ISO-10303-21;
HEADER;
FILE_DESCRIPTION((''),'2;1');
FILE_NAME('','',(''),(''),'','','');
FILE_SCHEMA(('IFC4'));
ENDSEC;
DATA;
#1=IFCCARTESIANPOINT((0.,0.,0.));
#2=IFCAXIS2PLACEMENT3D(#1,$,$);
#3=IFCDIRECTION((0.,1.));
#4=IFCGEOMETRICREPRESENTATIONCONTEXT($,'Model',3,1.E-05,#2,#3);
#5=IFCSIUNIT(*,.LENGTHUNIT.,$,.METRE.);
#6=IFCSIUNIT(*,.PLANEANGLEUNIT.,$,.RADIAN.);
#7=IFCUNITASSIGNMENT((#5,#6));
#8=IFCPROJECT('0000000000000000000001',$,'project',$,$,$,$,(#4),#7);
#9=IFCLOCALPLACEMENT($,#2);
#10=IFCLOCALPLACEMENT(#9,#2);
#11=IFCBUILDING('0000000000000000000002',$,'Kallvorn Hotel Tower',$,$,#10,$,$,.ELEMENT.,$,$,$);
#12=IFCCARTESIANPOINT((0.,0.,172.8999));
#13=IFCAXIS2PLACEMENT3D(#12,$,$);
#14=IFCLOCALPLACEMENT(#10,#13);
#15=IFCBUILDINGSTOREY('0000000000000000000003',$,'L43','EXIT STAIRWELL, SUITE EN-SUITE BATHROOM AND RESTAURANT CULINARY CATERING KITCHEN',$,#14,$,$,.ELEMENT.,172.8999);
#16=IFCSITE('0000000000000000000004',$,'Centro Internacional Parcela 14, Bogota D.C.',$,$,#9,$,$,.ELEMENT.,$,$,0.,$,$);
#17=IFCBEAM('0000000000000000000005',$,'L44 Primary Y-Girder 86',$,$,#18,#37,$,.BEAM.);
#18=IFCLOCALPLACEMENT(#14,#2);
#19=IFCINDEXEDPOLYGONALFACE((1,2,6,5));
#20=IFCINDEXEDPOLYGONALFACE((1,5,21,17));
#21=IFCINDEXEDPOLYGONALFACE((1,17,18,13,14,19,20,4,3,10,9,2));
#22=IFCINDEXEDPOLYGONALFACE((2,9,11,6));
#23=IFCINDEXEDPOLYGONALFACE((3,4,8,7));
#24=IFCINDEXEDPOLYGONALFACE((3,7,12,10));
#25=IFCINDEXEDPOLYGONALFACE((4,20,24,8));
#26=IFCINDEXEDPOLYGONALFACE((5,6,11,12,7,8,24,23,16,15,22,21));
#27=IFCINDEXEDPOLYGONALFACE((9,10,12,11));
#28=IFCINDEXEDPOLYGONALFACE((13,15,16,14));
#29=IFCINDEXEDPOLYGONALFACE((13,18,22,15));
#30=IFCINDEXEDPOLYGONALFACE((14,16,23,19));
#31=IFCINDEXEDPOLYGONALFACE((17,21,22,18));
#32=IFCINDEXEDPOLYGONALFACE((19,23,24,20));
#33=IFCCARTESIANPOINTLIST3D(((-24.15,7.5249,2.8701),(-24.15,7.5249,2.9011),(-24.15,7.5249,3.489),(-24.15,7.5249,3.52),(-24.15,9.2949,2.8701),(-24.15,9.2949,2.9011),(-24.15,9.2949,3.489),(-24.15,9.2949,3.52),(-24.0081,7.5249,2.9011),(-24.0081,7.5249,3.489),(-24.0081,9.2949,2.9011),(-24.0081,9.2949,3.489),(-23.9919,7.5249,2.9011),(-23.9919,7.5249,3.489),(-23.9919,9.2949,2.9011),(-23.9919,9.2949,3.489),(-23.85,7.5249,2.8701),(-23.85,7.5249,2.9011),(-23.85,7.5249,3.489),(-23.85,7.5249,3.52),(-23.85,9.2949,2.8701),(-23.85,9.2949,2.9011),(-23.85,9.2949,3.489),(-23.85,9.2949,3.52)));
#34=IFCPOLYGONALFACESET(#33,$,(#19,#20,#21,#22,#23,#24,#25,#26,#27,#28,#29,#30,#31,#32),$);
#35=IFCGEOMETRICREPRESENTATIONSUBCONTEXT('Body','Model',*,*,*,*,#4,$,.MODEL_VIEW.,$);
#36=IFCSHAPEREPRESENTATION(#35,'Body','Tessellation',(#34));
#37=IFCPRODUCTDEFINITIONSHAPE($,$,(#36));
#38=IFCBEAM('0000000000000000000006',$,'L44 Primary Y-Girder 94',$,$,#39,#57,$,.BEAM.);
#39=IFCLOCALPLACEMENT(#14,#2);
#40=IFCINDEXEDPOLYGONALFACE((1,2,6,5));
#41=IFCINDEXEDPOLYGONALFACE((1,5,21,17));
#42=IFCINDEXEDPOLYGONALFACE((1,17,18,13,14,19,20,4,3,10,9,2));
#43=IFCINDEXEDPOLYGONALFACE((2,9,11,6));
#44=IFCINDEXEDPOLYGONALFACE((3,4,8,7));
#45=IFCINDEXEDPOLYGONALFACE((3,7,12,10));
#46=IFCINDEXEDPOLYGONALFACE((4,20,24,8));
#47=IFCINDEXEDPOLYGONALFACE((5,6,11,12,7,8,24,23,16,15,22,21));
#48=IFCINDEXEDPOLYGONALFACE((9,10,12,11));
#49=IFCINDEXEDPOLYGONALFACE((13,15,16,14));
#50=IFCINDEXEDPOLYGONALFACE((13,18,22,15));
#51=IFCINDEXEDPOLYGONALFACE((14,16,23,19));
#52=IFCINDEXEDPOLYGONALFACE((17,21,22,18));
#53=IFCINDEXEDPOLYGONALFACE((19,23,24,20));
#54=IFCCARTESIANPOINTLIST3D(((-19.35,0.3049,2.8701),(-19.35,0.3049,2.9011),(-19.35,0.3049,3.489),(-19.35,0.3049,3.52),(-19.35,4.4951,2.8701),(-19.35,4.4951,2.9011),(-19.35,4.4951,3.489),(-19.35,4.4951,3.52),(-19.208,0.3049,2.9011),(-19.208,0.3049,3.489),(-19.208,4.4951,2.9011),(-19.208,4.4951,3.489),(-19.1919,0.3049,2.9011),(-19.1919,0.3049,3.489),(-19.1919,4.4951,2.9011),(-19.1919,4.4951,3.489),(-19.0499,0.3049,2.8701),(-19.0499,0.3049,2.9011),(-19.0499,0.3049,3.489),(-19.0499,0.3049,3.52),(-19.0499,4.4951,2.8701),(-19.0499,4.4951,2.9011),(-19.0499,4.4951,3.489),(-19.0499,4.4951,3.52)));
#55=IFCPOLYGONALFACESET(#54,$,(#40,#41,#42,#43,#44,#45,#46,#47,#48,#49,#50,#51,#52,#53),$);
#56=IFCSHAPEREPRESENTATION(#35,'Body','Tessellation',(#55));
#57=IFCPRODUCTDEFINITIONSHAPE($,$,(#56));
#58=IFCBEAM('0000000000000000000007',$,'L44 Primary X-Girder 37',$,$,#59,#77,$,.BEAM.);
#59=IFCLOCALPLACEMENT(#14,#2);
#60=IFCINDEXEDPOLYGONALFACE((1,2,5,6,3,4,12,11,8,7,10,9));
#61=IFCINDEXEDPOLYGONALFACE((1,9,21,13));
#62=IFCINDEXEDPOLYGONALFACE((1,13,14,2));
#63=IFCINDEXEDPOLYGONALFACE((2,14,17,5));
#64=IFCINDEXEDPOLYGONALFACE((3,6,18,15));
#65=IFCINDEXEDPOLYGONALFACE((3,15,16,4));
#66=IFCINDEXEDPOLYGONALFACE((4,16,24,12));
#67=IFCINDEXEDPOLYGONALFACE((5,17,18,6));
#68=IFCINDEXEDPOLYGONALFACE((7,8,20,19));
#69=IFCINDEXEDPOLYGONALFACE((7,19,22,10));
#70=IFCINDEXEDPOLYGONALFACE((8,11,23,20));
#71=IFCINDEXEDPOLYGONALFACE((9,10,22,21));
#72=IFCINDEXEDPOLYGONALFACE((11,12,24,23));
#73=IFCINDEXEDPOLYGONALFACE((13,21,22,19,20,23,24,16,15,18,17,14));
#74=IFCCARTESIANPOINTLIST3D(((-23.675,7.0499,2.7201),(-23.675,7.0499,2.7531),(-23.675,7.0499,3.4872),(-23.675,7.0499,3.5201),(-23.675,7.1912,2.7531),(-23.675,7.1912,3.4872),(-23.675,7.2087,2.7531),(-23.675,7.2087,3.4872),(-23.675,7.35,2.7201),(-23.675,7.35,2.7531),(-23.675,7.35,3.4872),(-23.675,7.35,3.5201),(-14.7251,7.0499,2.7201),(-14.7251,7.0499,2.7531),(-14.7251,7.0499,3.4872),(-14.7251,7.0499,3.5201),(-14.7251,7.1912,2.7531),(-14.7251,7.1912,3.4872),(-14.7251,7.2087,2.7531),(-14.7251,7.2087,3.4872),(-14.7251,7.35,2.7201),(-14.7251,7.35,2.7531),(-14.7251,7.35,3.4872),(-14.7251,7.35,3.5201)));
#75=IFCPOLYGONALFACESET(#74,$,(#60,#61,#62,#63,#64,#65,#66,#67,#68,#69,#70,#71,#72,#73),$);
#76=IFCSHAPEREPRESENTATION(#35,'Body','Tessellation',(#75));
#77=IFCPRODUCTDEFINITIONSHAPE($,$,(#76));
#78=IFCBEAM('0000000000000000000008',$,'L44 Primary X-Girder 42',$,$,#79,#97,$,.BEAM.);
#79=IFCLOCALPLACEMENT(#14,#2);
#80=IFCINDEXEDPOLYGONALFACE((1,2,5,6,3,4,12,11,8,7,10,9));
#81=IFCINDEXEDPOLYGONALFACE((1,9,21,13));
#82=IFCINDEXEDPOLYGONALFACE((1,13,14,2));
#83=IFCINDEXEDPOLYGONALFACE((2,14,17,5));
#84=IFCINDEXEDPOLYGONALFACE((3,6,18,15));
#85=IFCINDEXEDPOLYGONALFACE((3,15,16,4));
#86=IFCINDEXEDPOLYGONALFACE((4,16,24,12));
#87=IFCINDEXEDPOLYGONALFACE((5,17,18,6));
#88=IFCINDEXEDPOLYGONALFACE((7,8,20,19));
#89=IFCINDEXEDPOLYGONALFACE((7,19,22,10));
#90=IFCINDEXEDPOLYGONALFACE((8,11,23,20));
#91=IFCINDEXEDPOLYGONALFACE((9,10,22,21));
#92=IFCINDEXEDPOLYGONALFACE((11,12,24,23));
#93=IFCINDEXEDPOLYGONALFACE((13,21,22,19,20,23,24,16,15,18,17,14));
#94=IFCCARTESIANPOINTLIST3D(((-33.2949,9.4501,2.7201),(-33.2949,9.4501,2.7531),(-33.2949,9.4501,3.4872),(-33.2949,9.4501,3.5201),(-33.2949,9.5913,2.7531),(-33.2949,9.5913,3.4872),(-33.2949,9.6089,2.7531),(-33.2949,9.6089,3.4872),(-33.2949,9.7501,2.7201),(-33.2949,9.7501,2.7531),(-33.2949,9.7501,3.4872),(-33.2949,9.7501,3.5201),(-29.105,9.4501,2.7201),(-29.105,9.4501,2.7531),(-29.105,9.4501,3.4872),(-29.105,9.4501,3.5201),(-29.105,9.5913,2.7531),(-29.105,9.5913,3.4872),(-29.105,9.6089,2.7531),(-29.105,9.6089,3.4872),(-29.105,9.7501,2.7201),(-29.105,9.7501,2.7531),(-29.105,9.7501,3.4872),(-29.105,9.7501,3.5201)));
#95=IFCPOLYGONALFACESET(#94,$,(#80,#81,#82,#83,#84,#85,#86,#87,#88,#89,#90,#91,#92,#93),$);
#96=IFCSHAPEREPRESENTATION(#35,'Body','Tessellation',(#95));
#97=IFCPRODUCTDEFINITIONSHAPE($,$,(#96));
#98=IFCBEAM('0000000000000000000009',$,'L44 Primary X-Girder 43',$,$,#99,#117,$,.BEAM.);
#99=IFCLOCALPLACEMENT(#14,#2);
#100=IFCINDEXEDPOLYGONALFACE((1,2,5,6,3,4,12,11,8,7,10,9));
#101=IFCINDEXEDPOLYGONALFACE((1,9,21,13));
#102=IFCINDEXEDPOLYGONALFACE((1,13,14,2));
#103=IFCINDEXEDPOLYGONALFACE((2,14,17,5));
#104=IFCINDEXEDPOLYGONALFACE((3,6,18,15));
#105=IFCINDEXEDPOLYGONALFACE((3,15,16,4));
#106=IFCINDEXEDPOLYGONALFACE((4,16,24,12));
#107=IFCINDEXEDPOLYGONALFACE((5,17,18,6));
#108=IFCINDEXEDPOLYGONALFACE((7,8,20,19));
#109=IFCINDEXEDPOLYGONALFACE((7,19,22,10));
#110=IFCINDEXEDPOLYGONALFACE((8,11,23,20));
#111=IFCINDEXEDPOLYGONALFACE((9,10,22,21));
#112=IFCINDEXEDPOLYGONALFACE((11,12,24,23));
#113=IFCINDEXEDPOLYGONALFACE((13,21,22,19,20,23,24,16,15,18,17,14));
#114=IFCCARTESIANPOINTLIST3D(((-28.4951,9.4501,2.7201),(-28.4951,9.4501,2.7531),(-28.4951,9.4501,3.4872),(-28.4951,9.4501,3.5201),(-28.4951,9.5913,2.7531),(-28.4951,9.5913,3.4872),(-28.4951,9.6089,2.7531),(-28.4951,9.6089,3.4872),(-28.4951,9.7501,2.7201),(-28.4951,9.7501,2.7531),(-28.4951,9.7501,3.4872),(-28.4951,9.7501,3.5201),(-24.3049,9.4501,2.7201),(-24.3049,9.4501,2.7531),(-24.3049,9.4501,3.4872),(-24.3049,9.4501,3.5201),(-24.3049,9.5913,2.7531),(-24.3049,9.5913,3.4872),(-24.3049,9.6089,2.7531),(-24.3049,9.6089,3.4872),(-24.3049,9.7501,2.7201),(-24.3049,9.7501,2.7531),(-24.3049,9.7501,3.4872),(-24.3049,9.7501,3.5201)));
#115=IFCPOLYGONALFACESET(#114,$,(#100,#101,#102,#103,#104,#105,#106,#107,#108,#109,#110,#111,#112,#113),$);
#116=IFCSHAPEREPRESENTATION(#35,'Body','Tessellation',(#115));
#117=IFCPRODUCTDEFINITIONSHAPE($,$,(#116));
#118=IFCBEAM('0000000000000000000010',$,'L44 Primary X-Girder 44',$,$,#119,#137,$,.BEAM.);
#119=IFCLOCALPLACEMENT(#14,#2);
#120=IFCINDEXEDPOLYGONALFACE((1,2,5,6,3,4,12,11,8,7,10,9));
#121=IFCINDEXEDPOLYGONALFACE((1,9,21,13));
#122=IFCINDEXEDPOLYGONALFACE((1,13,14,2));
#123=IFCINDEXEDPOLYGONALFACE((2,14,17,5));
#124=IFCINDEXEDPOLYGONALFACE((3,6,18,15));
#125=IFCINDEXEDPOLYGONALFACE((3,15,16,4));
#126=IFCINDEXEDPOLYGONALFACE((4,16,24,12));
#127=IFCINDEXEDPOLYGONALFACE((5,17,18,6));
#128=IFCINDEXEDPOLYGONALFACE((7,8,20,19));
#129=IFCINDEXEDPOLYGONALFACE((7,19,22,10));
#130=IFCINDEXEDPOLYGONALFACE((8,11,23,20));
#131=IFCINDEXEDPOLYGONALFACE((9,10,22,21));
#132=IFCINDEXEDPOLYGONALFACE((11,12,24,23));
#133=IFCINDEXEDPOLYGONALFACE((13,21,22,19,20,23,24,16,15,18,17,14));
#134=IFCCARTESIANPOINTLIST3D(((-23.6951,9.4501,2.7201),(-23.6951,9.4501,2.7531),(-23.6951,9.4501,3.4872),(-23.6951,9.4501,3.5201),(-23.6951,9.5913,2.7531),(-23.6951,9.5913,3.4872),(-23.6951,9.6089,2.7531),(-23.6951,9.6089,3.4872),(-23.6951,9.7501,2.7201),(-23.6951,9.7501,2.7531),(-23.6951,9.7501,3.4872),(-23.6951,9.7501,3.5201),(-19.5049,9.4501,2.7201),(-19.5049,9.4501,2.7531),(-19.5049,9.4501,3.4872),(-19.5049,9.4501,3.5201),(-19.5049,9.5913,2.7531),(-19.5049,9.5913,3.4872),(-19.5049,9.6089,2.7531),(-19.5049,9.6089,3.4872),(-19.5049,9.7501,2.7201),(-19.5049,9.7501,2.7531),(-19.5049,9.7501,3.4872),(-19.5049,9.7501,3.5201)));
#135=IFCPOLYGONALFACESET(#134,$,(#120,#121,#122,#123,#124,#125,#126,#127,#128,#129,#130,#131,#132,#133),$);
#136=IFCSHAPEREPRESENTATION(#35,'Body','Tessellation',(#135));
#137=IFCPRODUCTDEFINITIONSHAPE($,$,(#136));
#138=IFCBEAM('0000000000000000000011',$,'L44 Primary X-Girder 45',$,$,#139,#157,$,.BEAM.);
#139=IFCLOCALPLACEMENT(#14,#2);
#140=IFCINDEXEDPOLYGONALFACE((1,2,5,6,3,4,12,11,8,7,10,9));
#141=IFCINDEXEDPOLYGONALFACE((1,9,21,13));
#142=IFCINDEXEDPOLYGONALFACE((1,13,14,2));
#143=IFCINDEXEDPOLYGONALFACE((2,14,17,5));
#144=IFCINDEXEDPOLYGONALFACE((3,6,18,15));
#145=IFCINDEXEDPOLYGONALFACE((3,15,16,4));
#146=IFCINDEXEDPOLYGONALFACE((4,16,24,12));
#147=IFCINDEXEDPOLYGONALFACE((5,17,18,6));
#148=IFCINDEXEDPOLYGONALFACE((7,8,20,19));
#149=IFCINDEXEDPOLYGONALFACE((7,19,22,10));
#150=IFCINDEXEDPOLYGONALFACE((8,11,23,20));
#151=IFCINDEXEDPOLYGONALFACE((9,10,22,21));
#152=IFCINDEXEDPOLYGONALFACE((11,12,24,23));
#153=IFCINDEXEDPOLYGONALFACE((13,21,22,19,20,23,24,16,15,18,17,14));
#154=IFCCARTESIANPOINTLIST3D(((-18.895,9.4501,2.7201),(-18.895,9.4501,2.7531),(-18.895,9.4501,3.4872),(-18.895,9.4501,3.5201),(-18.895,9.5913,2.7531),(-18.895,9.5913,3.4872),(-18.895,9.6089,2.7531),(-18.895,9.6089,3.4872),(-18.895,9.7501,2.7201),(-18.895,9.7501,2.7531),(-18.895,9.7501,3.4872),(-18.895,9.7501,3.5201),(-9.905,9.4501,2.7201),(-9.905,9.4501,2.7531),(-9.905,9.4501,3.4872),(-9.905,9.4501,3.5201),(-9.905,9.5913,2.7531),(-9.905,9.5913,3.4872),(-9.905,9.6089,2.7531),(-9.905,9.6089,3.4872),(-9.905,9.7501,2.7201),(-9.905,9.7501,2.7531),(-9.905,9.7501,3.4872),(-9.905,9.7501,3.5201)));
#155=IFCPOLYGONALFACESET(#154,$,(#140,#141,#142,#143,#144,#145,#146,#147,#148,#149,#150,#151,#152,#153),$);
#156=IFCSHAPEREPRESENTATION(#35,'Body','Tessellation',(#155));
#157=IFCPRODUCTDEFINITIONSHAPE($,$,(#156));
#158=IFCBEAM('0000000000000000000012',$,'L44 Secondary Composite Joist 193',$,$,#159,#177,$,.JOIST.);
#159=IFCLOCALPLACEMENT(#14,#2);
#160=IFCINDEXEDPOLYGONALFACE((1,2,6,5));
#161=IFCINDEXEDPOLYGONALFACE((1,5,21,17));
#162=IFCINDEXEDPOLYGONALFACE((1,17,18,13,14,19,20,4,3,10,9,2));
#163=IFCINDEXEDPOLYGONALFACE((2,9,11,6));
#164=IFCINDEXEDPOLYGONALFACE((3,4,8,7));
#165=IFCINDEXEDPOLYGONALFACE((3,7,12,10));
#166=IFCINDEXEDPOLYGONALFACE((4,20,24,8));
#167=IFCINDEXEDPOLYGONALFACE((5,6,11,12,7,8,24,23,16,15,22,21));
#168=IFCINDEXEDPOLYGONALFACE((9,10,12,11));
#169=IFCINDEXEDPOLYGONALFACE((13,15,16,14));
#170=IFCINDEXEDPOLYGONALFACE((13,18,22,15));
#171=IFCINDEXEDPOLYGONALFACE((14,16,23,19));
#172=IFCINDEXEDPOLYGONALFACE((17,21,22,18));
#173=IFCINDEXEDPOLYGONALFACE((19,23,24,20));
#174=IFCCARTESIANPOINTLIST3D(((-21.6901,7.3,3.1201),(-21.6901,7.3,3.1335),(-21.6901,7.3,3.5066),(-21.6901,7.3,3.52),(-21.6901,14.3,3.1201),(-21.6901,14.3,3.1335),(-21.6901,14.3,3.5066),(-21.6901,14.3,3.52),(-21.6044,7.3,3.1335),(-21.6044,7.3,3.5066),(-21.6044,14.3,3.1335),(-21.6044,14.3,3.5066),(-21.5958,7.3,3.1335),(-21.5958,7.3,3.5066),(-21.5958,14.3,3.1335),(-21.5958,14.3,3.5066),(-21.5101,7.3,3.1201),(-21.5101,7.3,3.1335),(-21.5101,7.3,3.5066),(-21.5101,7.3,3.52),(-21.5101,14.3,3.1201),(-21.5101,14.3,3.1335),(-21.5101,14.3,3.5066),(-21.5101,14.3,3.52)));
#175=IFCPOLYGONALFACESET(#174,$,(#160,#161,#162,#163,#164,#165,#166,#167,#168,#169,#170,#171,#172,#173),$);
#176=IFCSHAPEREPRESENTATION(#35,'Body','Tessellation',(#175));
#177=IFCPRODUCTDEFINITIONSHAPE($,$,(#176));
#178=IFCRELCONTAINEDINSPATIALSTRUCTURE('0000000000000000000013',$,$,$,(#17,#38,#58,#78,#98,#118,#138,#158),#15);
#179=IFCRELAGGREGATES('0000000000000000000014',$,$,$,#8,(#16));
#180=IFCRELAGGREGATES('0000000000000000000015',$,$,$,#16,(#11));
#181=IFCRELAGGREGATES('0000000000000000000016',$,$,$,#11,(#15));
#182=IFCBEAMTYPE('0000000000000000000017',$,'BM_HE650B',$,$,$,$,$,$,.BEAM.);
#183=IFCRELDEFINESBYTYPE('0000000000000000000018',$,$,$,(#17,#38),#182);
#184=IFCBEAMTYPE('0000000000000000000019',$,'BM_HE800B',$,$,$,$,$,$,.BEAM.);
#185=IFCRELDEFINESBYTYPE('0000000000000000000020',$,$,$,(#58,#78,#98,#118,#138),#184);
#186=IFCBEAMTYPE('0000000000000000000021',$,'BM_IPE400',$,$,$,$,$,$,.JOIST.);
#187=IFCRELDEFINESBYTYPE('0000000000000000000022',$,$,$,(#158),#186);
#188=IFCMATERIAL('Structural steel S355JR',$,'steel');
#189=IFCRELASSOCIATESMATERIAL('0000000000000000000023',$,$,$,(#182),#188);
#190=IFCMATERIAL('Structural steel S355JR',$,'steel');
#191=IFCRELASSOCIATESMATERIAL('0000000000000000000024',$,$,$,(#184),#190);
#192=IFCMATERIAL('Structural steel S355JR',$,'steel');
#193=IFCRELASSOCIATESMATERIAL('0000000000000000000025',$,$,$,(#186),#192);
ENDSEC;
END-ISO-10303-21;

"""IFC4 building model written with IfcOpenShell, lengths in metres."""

from ifc_helpers import new_model, si_unit, direction, frame, origin, origin_2d, place, context, subcontext, project, spatial, i_section, extrude, material, material_profile, profile_set, type_object, element, save


model = new_model("IFC4")

# Units and contexts
model_context = context("Model", 3, precision=1e-05, world=origin(), true_north=direction((0.0, 1.0)))
body_context = subcontext(model_context, "Body", "Model", "MODEL_VIEW")
ifc_project = project(units=[si_unit("LENGTHUNIT", "METRE"), si_unit("PLANEANGLEUNIT", "RADIAN")], contexts=[model_context])

# Site, building, storey
site_placement = place(None, origin())
site = spatial("IfcSite", under=ifc_project, at=site_placement, Name="Centro Internacional Parcela 14, Bogota D.C.", CompositionType="ELEMENT", RefElevation=0.0)
building_placement = place(site_placement, origin())
building = spatial("IfcBuilding", under=site, at=building_placement, Name="Kallvorn Hotel Tower", CompositionType="ELEMENT")
storey_placement = place(building_placement, frame((0.0, 0.0, 172.8999)))
storey = spatial("IfcBuildingStorey", under=building, at=storey_placement, Name="L43", Description="EXIT STAIRWELL, SUITE EN-SUITE BATHROOM AND RESTAURANT CULINARY CATERING KITCHEN", CompositionType="ELEMENT", Elevation=172.8999)

# Beams
ifc_material_1 = material(Name="Structural steel S355JR", Category="steel")
ifc_material_profile_1 = material_profile(ifc_material_1, i_section(OverallWidth=0.3, OverallDepth=0.6499, WebThickness=0.0161, FlangeThickness=0.031, at=origin_2d()), Name="HE 650 B")
ifc_profile_set_1 = profile_set([ifc_material_profile_1], Name="Structural steel S355JR")
beam_type_1 = type_object("IfcBeamType", Name="BM_HE650B", PredefinedType="BEAM", material=ifc_profile_set_1)
beam_1_placement = place(storey_placement, frame((-24.0, 7.5249, 3.1951), z_axis=(0.0, 1.0, 0.0), x_axis=(-1.0, 0.0, 0.0)))
element("IfcBeam", 1, at=beam_1_placement, inside=storey, type_object=beam_type_1, Name="L44 Primary Y-Girder 86", PredefinedType="BEAM", context=body_context, shape_type="SweptSolid", body=[
    extrude(i_section(OverallWidth=0.3, OverallDepth=0.6499, WebThickness=0.0161, FlangeThickness=0.031, at=origin_2d()), origin(), (0.0, 0.0, 1.0), 1.77),
])
beam_2_placement = place(storey_placement, frame((-19.2, 0.3049, 3.1951), z_axis=(0.0, 1.0, 0.0), x_axis=(-1.0, 0.0, 0.0)))
element("IfcBeam", 2, at=beam_2_placement, inside=storey, type_object=beam_type_1, Name="L44 Primary Y-Girder 94", PredefinedType="BEAM", context=body_context, shape_type="SweptSolid", body=[
    extrude(i_section(OverallWidth=0.3, OverallDepth=0.6499, WebThickness=0.0161, FlangeThickness=0.031, at=origin_2d()), origin(), (0.0, 0.0, 1.0), 4.1902),
])
ifc_material_2 = material(Name="Structural steel S355JR", Category="steel")
ifc_material_profile_2 = material_profile(ifc_material_2, i_section(OverallWidth=0.3, OverallDepth=0.8, WebThickness=0.0176, FlangeThickness=0.033, at=origin_2d()), Name="HE 800 B")
ifc_profile_set_2 = profile_set([ifc_material_profile_2], Name="Structural steel S355JR")
beam_type_2 = type_object("IfcBeamType", Name="BM_HE800B", PredefinedType="BEAM", material=ifc_profile_set_2)
beam_3_placement = place(storey_placement, frame((-23.675, 7.2, 3.1201), z_axis=(1.0, 0.0, 0.0), x_axis=(0.0, 1.0, 0.0)))
element("IfcBeam", 3, at=beam_3_placement, inside=storey, type_object=beam_type_2, Name="L44 Primary X-Girder 37", PredefinedType="BEAM", context=body_context, shape_type="SweptSolid", body=[
    extrude(i_section(OverallWidth=0.3, OverallDepth=0.8, WebThickness=0.0176, FlangeThickness=0.033, at=origin_2d()), origin(), (0.0, 0.0, 1.0), 8.95),
])
beam_4_placement = place(storey_placement, frame((-33.2949, 9.6001, 3.1201), z_axis=(1.0, 0.0, 0.0), x_axis=(0.0, 1.0, 0.0)))
element("IfcBeam", 4, at=beam_4_placement, inside=storey, type_object=beam_type_2, Name="L44 Primary X-Girder 42", PredefinedType="BEAM", context=body_context, shape_type="SweptSolid", body=[
    extrude(i_section(OverallWidth=0.3, OverallDepth=0.8, WebThickness=0.0176, FlangeThickness=0.033, at=origin_2d()), origin(), (0.0, 0.0, 1.0), 4.1899),
])
for number, where, z_axis, x_axis, name in (
    (5, (-28.4951, 9.6001, 3.1201), (1.0, 0.0, 0.0), (0.0, 1.0, 0.0), "L44 Primary X-Girder 43"),
    (6, (-23.6951, 9.6001, 3.1201), (1.0, 0.0, 0.0), (0.0, 1.0, 0.0), "L44 Primary X-Girder 44"),
):
    element("IfcBeam", number, at=place(storey_placement, frame(where, z_axis=z_axis, x_axis=x_axis)), inside=storey, type_object=beam_type_2, Name=name, PredefinedType="BEAM", context=body_context, shape_type="SweptSolid", body=[
        extrude(i_section(OverallWidth=0.3, OverallDepth=0.8, WebThickness=0.0176, FlangeThickness=0.033, at=origin_2d()), origin(), (0.0, 0.0, 1.0), 4.1902),
    ])
beam_5_placement = place(storey_placement, frame((-18.895, 9.6001, 3.1201), z_axis=(1.0, 0.0, 0.0), x_axis=(0.0, 1.0, 0.0)))
element("IfcBeam", 7, at=beam_5_placement, inside=storey, type_object=beam_type_2, Name="L44 Primary X-Girder 45", PredefinedType="BEAM", context=body_context, shape_type="SweptSolid", body=[
    extrude(i_section(OverallWidth=0.3, OverallDepth=0.8, WebThickness=0.0176, FlangeThickness=0.033, at=origin_2d()), origin(), (0.0, 0.0, 1.0), 8.99),
])
ifc_material_3 = material(Name="Structural steel S355JR", Category="steel")
ifc_material_profile_3 = material_profile(ifc_material_3, i_section(OverallWidth=0.1799, OverallDepth=0.3999, WebThickness=0.0085, FlangeThickness=0.0134, at=origin_2d()), Name="IPE 400")
ifc_profile_set_3 = profile_set([ifc_material_profile_3], Name="Structural steel S355JR")
beam_type_3 = type_object("IfcBeamType", Name="BM_IPE400", PredefinedType="JOIST", material=ifc_profile_set_3)
beam_6_placement = place(storey_placement, frame((-21.6001, 7.3, 3.3201), z_axis=(0.0, 1.0, 0.0), x_axis=(-1.0, 0.0, 0.0)))
element("IfcBeam", 8, at=beam_6_placement, inside=storey, type_object=beam_type_3, Name="L44 Secondary Composite Joist 193", PredefinedType="JOIST", context=body_context, shape_type="SweptSolid", body=[
    extrude(i_section(OverallWidth=0.1799, OverallDepth=0.3999, WebThickness=0.0085, FlangeThickness=0.0134, at=origin_2d()), origin(), (0.0, 0.0, 1.0), 7.0),
])

save(model, "model.ifc")
